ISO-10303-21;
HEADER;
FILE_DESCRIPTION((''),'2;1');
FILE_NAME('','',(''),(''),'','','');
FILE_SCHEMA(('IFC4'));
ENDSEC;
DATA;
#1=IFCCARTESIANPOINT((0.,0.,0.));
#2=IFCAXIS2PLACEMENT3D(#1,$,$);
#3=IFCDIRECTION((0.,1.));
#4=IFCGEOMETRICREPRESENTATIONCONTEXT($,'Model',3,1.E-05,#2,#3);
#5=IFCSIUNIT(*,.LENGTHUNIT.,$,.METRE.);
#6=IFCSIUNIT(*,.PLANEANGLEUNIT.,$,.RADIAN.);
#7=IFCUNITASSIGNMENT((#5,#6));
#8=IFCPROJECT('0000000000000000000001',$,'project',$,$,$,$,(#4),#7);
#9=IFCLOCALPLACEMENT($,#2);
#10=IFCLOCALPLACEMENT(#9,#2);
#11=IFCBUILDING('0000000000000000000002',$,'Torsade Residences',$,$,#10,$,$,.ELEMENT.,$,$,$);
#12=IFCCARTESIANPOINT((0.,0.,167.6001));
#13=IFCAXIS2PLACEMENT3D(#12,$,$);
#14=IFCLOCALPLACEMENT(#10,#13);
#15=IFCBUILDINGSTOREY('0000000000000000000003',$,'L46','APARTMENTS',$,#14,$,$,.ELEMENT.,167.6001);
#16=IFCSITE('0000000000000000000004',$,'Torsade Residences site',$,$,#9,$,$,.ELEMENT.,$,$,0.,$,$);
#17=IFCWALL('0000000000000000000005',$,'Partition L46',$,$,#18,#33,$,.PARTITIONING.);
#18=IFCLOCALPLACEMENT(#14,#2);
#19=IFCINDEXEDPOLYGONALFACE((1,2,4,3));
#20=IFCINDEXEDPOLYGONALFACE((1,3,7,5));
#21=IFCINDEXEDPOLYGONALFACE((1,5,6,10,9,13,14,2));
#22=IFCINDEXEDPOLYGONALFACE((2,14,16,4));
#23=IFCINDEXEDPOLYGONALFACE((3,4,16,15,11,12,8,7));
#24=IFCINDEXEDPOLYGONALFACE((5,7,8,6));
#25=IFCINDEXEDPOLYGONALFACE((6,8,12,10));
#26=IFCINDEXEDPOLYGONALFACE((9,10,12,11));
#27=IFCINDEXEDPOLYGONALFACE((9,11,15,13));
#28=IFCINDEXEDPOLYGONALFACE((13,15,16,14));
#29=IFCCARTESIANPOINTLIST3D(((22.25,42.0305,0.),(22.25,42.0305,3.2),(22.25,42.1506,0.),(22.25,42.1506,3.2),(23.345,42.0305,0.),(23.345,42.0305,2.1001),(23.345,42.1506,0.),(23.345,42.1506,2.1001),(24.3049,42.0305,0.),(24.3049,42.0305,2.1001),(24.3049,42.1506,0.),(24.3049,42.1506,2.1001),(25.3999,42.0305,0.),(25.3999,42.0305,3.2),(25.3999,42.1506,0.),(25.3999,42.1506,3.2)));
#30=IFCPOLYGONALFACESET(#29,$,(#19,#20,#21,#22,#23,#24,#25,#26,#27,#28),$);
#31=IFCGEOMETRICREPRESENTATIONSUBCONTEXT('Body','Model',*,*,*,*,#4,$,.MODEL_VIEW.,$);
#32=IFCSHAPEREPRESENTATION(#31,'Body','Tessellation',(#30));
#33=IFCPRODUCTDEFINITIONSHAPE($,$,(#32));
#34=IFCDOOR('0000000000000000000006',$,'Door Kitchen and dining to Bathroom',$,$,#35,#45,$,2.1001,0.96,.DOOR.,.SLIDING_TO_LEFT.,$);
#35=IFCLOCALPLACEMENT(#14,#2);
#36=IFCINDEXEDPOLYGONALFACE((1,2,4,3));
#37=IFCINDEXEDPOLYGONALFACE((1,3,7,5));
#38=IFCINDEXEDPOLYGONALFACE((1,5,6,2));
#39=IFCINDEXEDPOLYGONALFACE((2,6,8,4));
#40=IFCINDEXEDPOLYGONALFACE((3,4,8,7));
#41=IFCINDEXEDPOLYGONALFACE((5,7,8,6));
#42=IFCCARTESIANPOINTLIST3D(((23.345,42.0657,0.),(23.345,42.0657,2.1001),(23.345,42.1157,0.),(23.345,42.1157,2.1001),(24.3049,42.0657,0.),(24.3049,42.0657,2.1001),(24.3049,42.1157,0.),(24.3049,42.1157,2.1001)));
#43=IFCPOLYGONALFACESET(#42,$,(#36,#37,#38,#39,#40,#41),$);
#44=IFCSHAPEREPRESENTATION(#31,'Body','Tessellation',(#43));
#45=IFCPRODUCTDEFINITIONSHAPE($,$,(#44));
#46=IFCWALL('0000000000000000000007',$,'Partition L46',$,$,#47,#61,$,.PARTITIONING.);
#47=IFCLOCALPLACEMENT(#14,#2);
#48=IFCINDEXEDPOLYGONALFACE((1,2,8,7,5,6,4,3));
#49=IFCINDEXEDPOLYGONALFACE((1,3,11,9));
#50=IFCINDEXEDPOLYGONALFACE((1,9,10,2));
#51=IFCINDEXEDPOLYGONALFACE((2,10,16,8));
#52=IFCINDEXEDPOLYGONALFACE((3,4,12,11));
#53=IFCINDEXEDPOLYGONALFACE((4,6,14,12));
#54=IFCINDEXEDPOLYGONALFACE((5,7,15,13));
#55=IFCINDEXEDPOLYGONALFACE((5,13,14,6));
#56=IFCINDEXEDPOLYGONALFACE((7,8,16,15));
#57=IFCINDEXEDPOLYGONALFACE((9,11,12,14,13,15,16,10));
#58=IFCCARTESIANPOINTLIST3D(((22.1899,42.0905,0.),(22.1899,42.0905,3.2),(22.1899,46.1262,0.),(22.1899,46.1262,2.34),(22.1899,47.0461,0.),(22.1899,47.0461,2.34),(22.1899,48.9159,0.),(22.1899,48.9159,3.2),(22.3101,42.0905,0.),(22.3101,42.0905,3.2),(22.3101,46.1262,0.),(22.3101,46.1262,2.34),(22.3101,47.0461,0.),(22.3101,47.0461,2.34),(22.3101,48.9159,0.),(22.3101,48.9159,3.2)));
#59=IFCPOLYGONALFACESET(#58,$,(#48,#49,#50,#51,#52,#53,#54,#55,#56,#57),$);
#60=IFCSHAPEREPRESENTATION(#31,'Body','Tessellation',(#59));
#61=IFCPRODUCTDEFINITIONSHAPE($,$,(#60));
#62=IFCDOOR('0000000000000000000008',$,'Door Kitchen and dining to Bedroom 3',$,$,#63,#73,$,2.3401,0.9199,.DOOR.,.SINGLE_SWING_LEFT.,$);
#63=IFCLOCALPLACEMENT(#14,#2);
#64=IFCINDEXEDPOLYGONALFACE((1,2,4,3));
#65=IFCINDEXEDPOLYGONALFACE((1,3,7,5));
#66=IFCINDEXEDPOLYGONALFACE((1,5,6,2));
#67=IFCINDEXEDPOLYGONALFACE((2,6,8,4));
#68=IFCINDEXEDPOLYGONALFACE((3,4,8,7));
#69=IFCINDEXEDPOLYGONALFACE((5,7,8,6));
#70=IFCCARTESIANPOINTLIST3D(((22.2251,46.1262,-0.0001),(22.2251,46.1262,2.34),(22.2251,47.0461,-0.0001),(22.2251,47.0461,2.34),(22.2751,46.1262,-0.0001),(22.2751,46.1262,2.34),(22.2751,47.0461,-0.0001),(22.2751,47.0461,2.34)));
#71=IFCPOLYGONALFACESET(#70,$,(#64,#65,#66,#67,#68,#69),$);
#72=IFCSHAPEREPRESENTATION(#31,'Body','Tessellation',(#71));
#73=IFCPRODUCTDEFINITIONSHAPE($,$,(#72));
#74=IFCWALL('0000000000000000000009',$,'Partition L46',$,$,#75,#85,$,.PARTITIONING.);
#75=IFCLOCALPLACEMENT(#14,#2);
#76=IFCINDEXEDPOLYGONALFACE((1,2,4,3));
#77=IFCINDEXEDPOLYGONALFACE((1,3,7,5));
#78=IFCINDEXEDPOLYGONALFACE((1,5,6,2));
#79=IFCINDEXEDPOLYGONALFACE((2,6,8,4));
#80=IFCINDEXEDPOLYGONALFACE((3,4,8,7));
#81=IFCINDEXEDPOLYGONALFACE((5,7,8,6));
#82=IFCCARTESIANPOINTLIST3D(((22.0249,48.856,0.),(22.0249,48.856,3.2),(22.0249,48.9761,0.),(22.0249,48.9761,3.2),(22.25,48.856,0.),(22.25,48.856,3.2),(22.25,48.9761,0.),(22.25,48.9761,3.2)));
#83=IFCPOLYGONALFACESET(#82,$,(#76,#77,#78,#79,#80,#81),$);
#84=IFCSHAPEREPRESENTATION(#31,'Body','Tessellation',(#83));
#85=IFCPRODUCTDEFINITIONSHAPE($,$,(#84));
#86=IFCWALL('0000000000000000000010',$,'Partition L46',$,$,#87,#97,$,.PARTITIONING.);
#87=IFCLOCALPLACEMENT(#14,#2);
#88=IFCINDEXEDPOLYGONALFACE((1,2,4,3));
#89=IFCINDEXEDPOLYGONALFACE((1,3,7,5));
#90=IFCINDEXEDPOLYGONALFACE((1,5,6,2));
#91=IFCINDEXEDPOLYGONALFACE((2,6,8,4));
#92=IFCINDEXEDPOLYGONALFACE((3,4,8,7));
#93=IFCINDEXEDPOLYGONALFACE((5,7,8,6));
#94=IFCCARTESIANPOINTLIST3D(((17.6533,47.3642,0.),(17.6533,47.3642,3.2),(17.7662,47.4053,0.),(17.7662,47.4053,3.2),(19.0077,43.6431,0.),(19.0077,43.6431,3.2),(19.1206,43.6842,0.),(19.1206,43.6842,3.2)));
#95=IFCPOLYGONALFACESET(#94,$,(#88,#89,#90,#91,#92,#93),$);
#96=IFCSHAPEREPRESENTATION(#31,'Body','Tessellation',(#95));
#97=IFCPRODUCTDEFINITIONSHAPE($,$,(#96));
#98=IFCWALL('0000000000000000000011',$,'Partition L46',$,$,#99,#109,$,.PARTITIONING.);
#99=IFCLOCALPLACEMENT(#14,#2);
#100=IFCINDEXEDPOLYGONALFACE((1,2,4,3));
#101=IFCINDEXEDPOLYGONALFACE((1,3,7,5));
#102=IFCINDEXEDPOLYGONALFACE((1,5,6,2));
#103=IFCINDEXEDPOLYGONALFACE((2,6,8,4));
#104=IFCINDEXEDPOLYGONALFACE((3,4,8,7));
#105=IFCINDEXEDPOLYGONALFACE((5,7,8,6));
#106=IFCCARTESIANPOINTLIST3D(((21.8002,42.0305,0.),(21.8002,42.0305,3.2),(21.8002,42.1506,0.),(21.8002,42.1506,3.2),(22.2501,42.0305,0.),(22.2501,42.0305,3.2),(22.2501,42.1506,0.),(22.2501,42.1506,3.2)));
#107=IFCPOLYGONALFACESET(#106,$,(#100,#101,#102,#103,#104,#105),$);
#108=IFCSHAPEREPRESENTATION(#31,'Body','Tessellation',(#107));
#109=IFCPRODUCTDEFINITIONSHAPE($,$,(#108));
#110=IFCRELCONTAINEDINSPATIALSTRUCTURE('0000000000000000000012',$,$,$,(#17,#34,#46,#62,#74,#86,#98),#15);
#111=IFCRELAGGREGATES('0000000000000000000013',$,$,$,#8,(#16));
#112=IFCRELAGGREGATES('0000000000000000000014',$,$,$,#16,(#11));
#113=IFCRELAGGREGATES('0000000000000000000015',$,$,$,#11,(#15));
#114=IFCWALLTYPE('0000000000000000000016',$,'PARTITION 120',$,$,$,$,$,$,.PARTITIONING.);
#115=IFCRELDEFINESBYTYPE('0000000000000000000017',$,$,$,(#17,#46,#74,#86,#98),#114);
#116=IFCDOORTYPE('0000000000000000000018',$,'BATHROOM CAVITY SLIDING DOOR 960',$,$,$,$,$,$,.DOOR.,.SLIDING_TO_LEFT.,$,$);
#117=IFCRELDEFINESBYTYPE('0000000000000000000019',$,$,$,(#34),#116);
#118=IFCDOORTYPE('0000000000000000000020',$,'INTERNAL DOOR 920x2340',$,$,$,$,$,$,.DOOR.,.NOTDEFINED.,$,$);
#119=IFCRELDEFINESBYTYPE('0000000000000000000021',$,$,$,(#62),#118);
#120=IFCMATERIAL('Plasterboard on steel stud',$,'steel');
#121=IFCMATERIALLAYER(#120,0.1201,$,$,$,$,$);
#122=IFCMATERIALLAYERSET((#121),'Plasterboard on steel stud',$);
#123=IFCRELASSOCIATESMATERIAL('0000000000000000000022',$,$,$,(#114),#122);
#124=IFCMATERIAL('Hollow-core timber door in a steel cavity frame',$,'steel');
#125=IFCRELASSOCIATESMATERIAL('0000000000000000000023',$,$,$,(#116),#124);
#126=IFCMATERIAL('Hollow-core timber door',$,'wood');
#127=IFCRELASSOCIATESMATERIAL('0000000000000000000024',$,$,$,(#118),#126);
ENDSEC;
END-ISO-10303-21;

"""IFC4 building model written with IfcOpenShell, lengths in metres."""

from ifc_helpers import new_model, si_unit, direction, frame, frame_2d, origin, place, context, subcontext, project, spatial, rectangle, extrude, material, layer, layer_set, type_object, element, fill, save


model = new_model("IFC4")

# Units and contexts
model_context = context("Model", 3, precision=1e-05, world=origin(), true_north=direction((0.0, 1.0)))
body_context = subcontext(model_context, "Body", "Model", "MODEL_VIEW")
ifc_project = project(units=[si_unit("LENGTHUNIT", "METRE"), si_unit("PLANEANGLEUNIT", "RADIAN")], contexts=[model_context])

# Site, building, storey
site_placement = place(None, origin())
site = spatial("IfcSite", under=ifc_project, at=site_placement, Name="Torsade Residences site", CompositionType="ELEMENT", RefElevation=0.0)
building_placement = place(site_placement, origin())
building = spatial("IfcBuilding", under=site, at=building_placement, Name="Torsade Residences", CompositionType="ELEMENT")
storey_placement = place(building_placement, frame((0.0, 0.0, 167.6001)))
storey = spatial("IfcBuildingStorey", under=building, at=storey_placement, Name="L46", Description="APARTMENTS", CompositionType="ELEMENT", Elevation=167.6001)

# Walls, openings, doors
ifc_material_1 = material(Name="Plasterboard on steel stud", Category="steel")
ifc_layer_1 = layer(ifc_material_1, 0.1201)
ifc_layer_set_1 = layer_set([ifc_layer_1], Name="Plasterboard on steel stud")
wall_type = type_object("IfcWallType", Name="PARTITION 120", PredefinedType="PARTITIONING", material=ifc_layer_set_1)
wall_1_placement = place(storey_placement, frame((25.3999, 42.0906, 0.0), z_axis=(0.0, 0.0, 1.0), x_axis=(-1.0, 0.0, 0.0)))
wall_1 = element("IfcWall", 1, at=wall_1_placement, inside=storey, type_object=wall_type, Name="Partition L46", PredefinedType="PARTITIONING", context=body_context, shape_type="SweptSolid", body=[
    extrude(rectangle(XDim=3.1499, YDim=0.1201, at=frame_2d((1.575, 0.0))), origin(), (0.0, 0.0, 1.0), 3.2),
])
opening_1_placement = place(wall_1_placement, frame((1.095, 0.0, 0.0)))
opening_1 = element("IfcOpeningElement", 2, at=opening_1_placement, cuts=wall_1, PredefinedType="OPENING", context=body_context, shape_type="SweptSolid", body=[
    extrude(rectangle(XDim=0.96, YDim=2.1001, at=frame_2d((0.48, 1.05))), frame((0.0, 0.0701, 0.0), z_axis=(0.0, -1.0, 0.0), x_axis=(1.0, 0.0, 0.0)), (0.0, 0.0, 1.0), 0.1401),
])
ifc_material_2 = material(Name="Hollow-core timber door in a steel cavity frame", Category="steel")
door_type_1 = type_object("IfcDoorType", Name="BATHROOM CAVITY SLIDING DOOR 960", OperationType="SLIDING_TO_LEFT", PredefinedType="DOOR", material=ifc_material_2)
door_1_placement = place(opening_1_placement, origin())
door_1 = element("IfcDoor", 3, at=door_1_placement, inside=storey, type_object=door_type_1, Name="Door Kitchen and dining to Bathroom", OperationType="SLIDING_TO_LEFT", OverallHeight=2.1001, OverallWidth=0.96, PredefinedType="DOOR", context=body_context, shape_type="SweptSolid", body=[
    extrude(rectangle(XDim=0.96, YDim=2.1001, at=frame_2d((0.48, 1.05))), frame((0.0, 0.0249, 0.0), z_axis=(0.0, -1.0, 0.0), x_axis=(1.0, 0.0, 0.0)), (0.0, 0.0, 1.0), 0.05),
])
fill(opening_1, door_1)
wall_2_placement = place(storey_placement, frame((22.25, 42.0906, 0.0), z_axis=(0.0, 0.0, 1.0), x_axis=(0.0, 1.0, 0.0)))
wall_2 = element("IfcWall", 4, at=wall_2_placement, inside=storey, type_object=wall_type, Name="Partition L46", PredefinedType="PARTITIONING", context=body_context, shape_type="SweptSolid", body=[
    extrude(rectangle(XDim=6.8254, YDim=0.1201, at=frame_2d((3.4126, 0.0))), origin(), (0.0, 0.0, 1.0), 3.2),
])
opening_2_placement = place(wall_2_placement, frame((4.0356, 0.0, 0.0)))
opening_2 = element("IfcOpeningElement", 5, at=opening_2_placement, cuts=wall_2, PredefinedType="OPENING", context=body_context, shape_type="SweptSolid", body=[
    extrude(rectangle(XDim=0.9199, YDim=2.3401, at=frame_2d((0.46, 1.1699))), frame((0.0, 0.0701, 0.0), z_axis=(0.0, -1.0, 0.0), x_axis=(1.0, 0.0, 0.0)), (0.0, 0.0, 1.0), 0.1401),
])
ifc_material_3 = material(Name="Hollow-core timber door", Category="wood")
door_type_2 = type_object("IfcDoorType", Name="INTERNAL DOOR 920x2340", OperationType="NOTDEFINED", PredefinedType="DOOR", material=ifc_material_3)
door_2_placement = place(opening_2_placement, origin())
door_2 = element("IfcDoor", 6, at=door_2_placement, inside=storey, type_object=door_type_2, Name="Door Kitchen and dining to Bedroom 3", OperationType="SINGLE_SWING_LEFT", OverallHeight=2.3401, OverallWidth=0.9199, PredefinedType="DOOR", context=body_context, shape_type="SweptSolid", body=[
    extrude(rectangle(XDim=0.9199, YDim=2.3401, at=frame_2d((0.46, 1.1699))), frame((0.0, 0.0249, 0.0), z_axis=(0.0, -1.0, 0.0), x_axis=(1.0, 0.0, 0.0)), (0.0, 0.0, 1.0), 0.05),
])
fill(opening_2, door_2)

# Walls
wall_3_placement = place(storey_placement, frame((22.25, 48.916, 0.0), z_axis=(0.0, 0.0, 1.0), x_axis=(-1.0, 0.0, 0.0)))
element("IfcWall", 7, at=wall_3_placement, inside=storey, type_object=wall_type, Name="Partition L46", PredefinedType="PARTITIONING", context=body_context, shape_type="SweptSolid", body=[
    extrude(rectangle(XDim=0.2251, YDim=0.1201, at=frame_2d((0.1125, 0.0))), origin(), (0.0, 0.0, 1.0), 3.2),
])
wall_4_placement = place(storey_placement, frame((17.7097, 47.3848, 0.0), z_axis=(0.0, 0.0, 1.0), x_axis=(0.34204, -0.939685, 0.0)))
element("IfcWall", 8, at=wall_4_placement, inside=storey, type_object=wall_type, Name="Partition L46", PredefinedType="PARTITIONING", context=body_context, shape_type="SweptSolid", body=[
    extrude(rectangle(XDim=3.96, YDim=0.1201, at=frame_2d((1.98, 0.0))), origin(), (0.0, 0.0, 1.0), 3.2),
])
wall_5_placement = place(storey_placement, frame((21.8, 42.0906, 0.0), z_axis=(0.0, 0.0, 1.0), x_axis=(1.0, 0.0, 0.0)))
element("IfcWall", 9, at=wall_5_placement, inside=storey, type_object=wall_type, Name="Partition L46", PredefinedType="PARTITIONING", context=body_context, shape_type="SweptSolid", body=[
    extrude(rectangle(XDim=0.45, YDim=0.1201, at=frame_2d((0.2251, 0.0))), origin(), (0.0, 0.0, 1.0), 3.2),
])

save(model, "model.ifc")
